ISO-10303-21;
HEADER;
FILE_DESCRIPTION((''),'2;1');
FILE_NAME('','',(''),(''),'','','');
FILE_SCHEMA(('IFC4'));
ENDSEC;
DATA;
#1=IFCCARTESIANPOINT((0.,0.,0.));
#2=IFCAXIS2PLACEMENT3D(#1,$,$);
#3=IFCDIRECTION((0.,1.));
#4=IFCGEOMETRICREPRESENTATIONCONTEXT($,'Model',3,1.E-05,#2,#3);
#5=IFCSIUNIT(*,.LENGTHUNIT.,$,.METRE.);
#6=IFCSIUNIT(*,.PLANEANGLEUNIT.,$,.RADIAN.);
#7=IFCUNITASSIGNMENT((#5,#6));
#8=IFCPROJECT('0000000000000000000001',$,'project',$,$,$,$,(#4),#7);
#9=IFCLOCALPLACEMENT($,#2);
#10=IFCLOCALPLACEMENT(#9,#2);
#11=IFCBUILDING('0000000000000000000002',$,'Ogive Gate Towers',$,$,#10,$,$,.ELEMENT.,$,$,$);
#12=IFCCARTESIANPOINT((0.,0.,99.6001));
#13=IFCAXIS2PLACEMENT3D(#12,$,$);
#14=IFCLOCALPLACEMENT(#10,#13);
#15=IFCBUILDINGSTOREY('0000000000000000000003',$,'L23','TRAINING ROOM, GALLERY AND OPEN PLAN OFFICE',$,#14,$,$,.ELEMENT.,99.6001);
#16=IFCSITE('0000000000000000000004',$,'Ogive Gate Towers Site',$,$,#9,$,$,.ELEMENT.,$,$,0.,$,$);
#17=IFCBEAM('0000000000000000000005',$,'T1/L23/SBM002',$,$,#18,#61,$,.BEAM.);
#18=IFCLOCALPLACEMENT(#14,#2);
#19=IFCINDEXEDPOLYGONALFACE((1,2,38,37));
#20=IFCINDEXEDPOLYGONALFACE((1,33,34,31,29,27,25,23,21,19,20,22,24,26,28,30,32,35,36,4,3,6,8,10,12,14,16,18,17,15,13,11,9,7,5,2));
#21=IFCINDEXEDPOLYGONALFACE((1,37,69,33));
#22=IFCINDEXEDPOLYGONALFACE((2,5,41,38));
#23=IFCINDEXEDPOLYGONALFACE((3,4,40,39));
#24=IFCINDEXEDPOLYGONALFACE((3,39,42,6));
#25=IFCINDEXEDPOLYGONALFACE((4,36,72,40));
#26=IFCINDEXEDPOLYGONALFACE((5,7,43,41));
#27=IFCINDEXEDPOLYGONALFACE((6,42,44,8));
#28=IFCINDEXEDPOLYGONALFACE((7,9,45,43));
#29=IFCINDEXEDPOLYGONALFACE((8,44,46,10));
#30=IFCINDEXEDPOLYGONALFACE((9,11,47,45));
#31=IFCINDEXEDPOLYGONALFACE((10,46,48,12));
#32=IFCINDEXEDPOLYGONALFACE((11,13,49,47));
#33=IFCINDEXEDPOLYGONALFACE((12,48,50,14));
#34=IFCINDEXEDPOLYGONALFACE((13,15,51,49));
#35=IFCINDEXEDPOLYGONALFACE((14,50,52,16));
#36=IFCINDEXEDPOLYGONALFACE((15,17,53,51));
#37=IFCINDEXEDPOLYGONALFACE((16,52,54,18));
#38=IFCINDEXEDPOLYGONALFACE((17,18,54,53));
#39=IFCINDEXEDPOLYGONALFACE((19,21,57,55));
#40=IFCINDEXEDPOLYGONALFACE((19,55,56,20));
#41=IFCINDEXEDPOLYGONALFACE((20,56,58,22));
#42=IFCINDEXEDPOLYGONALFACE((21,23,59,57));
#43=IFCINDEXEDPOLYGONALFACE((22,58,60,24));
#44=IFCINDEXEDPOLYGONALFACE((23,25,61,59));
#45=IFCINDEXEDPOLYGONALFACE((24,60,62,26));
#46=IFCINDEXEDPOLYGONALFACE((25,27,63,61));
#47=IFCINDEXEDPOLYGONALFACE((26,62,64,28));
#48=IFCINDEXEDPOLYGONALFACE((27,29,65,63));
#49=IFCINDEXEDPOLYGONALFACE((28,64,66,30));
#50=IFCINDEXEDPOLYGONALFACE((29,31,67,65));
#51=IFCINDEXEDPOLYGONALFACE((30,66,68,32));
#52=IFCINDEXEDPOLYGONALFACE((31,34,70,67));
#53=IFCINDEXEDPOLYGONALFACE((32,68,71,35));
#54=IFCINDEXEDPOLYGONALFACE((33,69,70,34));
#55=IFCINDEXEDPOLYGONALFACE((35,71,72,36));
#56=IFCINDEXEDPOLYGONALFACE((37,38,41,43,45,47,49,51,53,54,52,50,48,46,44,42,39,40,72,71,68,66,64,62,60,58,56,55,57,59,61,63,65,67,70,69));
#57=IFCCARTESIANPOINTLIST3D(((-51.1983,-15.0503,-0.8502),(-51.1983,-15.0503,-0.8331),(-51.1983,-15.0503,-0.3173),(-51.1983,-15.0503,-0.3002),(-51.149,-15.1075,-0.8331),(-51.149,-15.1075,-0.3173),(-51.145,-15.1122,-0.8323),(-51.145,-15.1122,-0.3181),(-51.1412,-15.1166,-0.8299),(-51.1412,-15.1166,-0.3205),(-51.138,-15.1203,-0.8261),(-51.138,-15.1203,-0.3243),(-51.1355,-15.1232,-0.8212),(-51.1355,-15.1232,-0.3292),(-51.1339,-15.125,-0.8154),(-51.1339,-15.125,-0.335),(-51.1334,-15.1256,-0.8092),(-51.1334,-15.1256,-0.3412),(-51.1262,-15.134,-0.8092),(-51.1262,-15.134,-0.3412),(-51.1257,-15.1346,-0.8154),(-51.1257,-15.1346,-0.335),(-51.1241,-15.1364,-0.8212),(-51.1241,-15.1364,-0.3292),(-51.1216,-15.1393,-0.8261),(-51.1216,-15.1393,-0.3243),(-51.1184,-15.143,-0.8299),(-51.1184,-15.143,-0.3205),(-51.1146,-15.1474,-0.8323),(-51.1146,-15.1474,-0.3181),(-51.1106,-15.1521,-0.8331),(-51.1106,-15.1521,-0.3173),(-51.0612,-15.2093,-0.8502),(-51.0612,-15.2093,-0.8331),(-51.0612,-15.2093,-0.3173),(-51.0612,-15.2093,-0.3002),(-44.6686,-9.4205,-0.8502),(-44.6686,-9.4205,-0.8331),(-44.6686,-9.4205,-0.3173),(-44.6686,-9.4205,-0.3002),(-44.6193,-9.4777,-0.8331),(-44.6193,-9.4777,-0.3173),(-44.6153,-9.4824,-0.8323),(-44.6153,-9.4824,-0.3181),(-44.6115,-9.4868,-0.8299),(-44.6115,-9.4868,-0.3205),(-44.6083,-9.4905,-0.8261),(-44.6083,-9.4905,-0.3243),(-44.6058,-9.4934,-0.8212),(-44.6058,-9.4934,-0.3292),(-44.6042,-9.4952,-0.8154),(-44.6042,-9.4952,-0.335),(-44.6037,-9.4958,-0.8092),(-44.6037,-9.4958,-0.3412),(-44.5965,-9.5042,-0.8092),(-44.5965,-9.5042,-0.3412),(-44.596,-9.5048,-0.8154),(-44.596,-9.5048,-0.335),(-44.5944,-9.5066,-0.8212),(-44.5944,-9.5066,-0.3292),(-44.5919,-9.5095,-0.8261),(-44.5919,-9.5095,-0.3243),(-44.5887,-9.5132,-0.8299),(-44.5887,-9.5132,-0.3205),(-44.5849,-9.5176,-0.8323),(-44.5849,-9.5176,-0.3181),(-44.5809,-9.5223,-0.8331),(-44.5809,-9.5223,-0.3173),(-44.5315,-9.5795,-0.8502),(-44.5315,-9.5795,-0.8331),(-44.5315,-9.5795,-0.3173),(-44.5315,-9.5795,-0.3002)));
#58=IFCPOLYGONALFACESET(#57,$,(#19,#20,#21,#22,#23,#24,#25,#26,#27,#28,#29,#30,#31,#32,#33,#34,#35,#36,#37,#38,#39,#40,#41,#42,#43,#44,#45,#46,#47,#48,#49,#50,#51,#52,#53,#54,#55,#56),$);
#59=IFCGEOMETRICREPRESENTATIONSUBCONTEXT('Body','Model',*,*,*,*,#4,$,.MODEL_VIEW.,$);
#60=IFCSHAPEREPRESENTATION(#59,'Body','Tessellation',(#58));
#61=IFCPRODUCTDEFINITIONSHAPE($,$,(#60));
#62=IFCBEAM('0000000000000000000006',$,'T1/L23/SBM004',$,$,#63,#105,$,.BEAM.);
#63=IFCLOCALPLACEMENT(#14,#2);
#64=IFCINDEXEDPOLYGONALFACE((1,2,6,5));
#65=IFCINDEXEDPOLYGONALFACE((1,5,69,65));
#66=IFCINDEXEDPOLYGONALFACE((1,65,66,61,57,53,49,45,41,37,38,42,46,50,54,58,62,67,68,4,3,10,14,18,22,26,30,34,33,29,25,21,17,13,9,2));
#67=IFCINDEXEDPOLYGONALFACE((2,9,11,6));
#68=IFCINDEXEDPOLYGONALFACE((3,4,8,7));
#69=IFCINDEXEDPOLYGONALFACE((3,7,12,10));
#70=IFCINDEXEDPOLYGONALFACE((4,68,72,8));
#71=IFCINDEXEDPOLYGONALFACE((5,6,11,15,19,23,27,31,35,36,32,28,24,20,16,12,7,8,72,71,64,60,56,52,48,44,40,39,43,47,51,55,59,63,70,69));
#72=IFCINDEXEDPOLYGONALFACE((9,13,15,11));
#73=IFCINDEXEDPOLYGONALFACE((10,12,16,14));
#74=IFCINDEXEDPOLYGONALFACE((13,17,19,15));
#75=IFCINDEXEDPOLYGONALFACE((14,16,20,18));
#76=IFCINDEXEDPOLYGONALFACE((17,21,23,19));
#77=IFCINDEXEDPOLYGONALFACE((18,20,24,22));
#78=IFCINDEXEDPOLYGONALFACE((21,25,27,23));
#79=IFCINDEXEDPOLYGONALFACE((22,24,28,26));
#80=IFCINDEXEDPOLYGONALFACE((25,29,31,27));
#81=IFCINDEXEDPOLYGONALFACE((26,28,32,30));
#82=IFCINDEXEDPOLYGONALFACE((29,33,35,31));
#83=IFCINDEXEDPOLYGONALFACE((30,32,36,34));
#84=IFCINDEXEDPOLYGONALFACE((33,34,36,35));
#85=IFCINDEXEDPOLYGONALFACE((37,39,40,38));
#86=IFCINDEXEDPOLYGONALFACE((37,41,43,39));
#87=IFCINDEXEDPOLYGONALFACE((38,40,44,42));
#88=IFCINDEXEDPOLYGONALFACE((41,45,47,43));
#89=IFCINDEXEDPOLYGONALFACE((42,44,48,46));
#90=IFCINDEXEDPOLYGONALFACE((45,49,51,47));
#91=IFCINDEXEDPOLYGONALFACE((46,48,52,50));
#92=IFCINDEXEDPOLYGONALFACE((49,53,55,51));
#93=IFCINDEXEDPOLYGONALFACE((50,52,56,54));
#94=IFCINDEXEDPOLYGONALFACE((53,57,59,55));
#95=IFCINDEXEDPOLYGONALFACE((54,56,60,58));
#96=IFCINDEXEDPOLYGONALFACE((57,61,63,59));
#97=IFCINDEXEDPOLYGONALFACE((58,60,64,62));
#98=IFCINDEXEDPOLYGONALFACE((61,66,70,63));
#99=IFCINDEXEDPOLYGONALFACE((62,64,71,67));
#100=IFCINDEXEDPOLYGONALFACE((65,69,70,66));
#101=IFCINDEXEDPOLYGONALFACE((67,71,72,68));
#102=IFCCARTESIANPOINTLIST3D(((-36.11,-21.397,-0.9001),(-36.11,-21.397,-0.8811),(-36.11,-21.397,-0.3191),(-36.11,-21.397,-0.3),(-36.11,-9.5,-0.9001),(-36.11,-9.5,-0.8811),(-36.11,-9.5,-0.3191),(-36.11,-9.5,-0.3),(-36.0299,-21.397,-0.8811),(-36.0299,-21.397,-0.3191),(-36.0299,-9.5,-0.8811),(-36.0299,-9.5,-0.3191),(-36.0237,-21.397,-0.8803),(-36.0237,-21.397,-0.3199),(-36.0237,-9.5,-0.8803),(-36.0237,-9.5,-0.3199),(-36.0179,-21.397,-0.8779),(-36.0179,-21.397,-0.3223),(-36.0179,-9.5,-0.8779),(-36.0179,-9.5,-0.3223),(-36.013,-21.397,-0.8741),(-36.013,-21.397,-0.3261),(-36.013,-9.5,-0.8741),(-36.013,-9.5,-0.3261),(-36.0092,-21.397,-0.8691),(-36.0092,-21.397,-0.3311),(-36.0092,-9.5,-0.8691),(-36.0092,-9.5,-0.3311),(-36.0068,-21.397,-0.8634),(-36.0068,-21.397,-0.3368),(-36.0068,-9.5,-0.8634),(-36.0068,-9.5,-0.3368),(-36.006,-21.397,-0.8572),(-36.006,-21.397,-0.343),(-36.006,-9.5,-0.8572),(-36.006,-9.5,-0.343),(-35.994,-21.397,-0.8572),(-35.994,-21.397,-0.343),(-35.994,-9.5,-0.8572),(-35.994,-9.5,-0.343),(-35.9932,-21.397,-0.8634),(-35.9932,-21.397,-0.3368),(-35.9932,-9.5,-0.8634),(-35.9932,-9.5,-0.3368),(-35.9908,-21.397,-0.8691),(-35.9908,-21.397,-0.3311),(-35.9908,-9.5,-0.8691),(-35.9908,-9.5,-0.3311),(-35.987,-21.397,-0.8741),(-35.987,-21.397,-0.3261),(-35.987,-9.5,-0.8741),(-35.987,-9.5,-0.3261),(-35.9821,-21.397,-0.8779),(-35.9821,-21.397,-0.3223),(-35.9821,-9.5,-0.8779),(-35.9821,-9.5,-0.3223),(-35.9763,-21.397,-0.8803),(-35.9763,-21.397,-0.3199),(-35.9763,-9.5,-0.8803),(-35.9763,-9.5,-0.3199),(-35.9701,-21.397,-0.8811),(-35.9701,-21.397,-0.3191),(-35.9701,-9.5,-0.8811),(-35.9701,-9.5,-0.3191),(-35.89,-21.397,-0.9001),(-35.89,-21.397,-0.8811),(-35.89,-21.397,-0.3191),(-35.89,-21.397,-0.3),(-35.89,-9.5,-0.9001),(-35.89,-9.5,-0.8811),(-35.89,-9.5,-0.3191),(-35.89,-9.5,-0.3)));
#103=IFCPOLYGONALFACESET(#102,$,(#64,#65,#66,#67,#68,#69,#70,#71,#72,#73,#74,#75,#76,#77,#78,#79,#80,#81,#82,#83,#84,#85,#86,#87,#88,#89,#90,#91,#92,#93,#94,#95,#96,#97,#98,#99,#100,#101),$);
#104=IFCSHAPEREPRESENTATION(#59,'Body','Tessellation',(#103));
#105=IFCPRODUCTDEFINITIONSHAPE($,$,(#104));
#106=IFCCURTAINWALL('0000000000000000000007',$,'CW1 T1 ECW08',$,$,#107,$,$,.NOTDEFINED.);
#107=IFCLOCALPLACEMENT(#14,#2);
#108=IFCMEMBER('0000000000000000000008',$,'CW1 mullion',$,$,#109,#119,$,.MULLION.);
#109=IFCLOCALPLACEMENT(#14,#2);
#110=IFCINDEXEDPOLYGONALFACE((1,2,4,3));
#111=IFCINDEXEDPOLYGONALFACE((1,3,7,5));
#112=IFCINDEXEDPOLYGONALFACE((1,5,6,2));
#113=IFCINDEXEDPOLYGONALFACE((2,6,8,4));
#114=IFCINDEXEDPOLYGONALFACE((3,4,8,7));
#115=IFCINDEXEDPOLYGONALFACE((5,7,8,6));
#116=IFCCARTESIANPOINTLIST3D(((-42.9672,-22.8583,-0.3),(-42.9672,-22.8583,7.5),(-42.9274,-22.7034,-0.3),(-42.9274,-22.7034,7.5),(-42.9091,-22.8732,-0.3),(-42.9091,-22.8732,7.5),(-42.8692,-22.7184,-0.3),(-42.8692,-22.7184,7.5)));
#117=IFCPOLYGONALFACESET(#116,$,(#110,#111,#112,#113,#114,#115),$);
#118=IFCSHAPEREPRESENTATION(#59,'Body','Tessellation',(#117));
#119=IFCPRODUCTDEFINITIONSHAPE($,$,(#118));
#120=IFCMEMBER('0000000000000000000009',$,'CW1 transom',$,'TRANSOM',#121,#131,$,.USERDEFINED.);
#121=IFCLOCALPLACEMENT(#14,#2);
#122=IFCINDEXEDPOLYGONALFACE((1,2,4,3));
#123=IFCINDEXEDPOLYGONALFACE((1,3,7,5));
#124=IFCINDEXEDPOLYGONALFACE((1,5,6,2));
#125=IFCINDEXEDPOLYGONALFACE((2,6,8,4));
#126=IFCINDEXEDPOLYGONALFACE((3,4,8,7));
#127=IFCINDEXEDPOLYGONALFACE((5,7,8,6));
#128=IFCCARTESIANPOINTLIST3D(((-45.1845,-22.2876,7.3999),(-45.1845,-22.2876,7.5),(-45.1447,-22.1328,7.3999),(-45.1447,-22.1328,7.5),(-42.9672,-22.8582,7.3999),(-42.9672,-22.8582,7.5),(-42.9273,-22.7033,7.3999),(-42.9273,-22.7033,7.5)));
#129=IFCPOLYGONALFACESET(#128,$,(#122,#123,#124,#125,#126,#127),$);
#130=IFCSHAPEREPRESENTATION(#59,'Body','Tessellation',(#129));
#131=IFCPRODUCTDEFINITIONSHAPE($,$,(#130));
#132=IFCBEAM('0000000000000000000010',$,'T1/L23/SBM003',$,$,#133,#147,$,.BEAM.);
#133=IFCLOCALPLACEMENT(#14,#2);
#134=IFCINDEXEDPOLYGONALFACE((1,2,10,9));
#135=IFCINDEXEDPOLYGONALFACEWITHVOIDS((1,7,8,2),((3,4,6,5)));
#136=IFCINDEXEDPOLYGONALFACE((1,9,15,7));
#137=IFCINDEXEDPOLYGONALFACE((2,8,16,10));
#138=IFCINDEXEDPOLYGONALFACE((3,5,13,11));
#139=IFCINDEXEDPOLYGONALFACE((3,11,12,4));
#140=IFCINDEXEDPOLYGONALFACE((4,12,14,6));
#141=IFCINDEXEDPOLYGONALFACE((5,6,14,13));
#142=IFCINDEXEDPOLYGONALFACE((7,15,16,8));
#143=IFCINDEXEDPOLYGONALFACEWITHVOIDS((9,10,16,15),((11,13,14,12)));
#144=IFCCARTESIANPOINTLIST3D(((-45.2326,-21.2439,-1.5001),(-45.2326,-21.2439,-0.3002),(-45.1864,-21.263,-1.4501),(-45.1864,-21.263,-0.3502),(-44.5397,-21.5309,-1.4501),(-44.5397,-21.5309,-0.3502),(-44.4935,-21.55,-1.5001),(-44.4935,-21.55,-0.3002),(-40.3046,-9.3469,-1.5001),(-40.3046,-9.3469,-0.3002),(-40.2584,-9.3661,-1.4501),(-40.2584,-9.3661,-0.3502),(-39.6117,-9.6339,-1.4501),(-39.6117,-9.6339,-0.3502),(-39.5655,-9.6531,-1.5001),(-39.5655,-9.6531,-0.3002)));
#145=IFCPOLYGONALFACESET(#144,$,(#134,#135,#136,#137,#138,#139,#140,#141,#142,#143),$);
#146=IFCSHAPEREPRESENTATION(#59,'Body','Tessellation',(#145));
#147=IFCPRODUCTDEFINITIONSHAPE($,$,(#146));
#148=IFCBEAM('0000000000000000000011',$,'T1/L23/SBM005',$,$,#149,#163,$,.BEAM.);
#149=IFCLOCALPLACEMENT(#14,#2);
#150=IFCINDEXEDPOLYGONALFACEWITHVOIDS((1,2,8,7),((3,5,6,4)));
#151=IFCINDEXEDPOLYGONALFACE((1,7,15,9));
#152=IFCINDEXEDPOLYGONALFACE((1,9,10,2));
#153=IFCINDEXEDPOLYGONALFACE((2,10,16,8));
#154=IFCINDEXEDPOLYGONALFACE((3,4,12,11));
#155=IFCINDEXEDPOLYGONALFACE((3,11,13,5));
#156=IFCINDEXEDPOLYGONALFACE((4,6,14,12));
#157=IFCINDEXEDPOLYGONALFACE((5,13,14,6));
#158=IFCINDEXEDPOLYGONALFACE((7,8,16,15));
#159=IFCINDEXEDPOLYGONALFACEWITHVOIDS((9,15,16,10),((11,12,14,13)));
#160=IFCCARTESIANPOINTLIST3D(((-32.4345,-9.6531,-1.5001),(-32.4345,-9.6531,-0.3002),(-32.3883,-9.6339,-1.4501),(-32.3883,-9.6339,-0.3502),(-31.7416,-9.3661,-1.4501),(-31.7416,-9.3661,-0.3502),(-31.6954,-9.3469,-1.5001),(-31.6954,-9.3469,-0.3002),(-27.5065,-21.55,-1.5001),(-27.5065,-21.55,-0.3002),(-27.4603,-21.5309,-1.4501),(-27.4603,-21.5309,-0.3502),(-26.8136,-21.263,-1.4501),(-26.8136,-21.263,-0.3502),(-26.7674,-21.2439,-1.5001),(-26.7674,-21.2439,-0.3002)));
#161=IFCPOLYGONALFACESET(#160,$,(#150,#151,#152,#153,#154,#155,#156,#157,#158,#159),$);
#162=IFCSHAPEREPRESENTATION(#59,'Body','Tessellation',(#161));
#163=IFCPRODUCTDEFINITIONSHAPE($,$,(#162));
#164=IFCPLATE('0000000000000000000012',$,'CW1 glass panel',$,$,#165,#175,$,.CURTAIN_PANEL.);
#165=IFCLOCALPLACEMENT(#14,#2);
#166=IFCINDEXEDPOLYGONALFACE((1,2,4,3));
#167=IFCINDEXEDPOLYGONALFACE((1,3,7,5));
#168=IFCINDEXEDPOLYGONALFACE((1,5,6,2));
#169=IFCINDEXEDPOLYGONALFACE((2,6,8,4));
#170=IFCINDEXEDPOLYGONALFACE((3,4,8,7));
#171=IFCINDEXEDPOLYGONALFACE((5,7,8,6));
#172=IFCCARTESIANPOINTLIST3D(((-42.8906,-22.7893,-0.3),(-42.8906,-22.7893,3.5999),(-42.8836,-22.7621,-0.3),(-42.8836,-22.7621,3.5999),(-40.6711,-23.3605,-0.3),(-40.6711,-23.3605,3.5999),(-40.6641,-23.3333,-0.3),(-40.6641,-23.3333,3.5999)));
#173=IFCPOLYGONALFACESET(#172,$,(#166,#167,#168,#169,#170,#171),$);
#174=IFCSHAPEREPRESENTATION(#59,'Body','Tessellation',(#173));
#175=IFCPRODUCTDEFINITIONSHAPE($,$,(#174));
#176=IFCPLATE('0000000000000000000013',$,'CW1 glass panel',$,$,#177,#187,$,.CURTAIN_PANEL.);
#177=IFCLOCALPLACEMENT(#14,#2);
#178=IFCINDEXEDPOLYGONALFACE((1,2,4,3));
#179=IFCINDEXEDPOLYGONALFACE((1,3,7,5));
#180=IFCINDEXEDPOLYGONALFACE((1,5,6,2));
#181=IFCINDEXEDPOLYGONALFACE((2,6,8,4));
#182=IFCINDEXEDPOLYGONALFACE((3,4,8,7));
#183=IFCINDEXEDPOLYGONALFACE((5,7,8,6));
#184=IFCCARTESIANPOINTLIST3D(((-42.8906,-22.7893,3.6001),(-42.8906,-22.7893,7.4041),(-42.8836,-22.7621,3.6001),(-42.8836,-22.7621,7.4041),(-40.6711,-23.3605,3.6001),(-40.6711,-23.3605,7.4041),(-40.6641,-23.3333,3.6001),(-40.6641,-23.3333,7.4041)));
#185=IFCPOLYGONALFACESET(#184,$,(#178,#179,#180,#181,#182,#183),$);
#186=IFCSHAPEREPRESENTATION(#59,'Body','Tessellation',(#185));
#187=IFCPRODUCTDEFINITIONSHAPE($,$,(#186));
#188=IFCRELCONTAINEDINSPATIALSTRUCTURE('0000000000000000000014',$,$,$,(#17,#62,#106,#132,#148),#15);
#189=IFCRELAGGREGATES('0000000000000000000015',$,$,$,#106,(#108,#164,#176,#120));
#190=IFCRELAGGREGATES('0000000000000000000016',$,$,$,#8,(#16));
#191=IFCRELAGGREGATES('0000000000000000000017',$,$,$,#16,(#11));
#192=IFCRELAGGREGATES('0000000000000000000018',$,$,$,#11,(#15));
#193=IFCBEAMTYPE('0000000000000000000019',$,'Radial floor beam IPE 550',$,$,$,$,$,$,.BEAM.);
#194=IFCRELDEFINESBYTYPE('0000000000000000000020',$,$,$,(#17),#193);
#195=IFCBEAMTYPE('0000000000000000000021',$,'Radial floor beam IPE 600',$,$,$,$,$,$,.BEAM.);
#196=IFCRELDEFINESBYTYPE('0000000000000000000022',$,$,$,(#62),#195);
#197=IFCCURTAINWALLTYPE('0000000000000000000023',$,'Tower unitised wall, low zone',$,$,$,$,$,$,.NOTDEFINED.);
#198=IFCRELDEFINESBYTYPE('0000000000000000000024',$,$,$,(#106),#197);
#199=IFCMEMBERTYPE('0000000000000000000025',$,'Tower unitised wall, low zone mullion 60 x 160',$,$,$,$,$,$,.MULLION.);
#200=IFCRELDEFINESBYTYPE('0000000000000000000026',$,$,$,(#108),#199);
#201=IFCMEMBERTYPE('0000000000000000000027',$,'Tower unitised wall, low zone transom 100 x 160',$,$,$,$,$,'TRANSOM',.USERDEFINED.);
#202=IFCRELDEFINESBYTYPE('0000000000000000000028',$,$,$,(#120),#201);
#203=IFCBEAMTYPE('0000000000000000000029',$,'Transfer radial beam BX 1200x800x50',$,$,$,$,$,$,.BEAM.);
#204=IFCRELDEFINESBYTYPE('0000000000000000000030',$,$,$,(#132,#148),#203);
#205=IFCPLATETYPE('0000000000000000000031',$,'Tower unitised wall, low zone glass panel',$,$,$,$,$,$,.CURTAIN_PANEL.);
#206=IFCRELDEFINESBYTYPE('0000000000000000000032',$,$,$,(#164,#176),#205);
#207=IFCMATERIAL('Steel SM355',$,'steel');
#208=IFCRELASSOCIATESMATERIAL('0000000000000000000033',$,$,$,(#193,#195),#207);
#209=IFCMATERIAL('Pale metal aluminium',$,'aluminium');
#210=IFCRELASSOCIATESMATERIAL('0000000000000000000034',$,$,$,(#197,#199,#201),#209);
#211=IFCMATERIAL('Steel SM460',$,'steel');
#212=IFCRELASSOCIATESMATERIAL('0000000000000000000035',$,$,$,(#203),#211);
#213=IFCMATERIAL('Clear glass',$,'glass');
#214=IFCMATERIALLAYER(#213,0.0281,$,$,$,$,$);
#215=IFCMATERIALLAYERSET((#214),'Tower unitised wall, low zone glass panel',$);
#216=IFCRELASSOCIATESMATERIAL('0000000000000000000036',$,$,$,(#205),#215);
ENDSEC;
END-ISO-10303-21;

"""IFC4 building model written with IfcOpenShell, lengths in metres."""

from ifc_helpers import new_model, si_unit, direction, frame, origin, origin_2d, place, context, subcontext, project, spatial, rectangle, hollow_rectangle, i_section, extrude, material, layer, layer_set, material_profile, profile_set, type_object, element, aggregate, save


model = new_model("IFC4")

# Units and contexts
model_context = context("Model", 3, precision=1e-05, world=origin(), true_north=direction((0.0, 1.0)))
body_context = subcontext(model_context, "Body", "Model", "MODEL_VIEW")
ifc_project = project(units=[si_unit("LENGTHUNIT", "METRE"), si_unit("PLANEANGLEUNIT", "RADIAN")], contexts=[model_context])

# Site, building, storey
site_placement = place(None, origin())
site = spatial("IfcSite", under=ifc_project, at=site_placement, Name="Ogive Gate Towers Site", CompositionType="ELEMENT", RefElevation=0.0)
building_placement = place(site_placement, origin())
building = spatial("IfcBuilding", under=site, at=building_placement, Name="Ogive Gate Towers", CompositionType="ELEMENT")
storey_placement = place(building_placement, frame((0.0, 0.0, 99.6001)))
storey = spatial("IfcBuildingStorey", under=building, at=storey_placement, Name="L23", Description="TRAINING ROOM, GALLERY AND OPEN PLAN OFFICE", CompositionType="ELEMENT", Elevation=99.6001)

# Beams
ifc_material_1 = material(Name="Steel SM355", Category="steel")
ifc_material_profile_1 = material_profile(ifc_material_1, i_section(OverallWidth=0.21, OverallDepth=0.55, WebThickness=0.011, FlangeThickness=0.0171, FilletRadius=0.0239, at=origin_2d()), Name="IPE 550")
ifc_profile_set_1 = profile_set([ifc_material_profile_1], Name="Steel SM355")
beam_type_1 = type_object("IfcBeamType", Name="Radial floor beam IPE 550", PredefinedType="BEAM", material=ifc_profile_set_1)
beam_1_placement = place(storey_placement, frame((-44.6001, -9.5, -0.5752), z_axis=(-0.757366, -0.65299, 0.0), x_axis=(0.65299, -0.757366, 0.0)))
element("IfcBeam", 1, at=beam_1_placement, inside=storey, type_object=beam_type_1, Name="T1/L23/SBM002", PredefinedType="BEAM", context=body_context, shape_type="SweptSolid", body=[
    extrude(i_section(OverallWidth=0.21, OverallDepth=0.55, WebThickness=0.011, FlangeThickness=0.0171, FilletRadius=0.0239, at=origin_2d()), origin(), (0.0, 0.0, 1.0), 8.6216),
])
ifc_material_profile_2 = material_profile(ifc_material_1, i_section(OverallWidth=0.22, OverallDepth=0.6001, WebThickness=0.012, FlangeThickness=0.019, FilletRadius=0.0239, at=origin_2d()), Name="IPE 600")
ifc_profile_set_2 = profile_set([ifc_material_profile_2], Name="Steel SM355")
beam_type_2 = type_object("IfcBeamType", Name="Radial floor beam IPE 600", PredefinedType="BEAM", material=ifc_profile_set_2)
beam_2_placement = place(storey_placement, frame((-36.0, -9.5, -0.6001), z_axis=(0.0, -1.0, 0.0), x_axis=(1.0, 0.0, 0.0)))
element("IfcBeam", 2, at=beam_2_placement, inside=storey, type_object=beam_type_2, Name="T1/L23/SBM004", PredefinedType="BEAM", context=body_context, shape_type="SweptSolid", body=[
    extrude(i_section(OverallWidth=0.22, OverallDepth=0.6001, WebThickness=0.012, FlangeThickness=0.019, FilletRadius=0.0239, at=origin_2d()), origin(), (0.0, 0.0, 1.0), 11.897),
])

# Curtain wall, members
ifc_material_2 = material(Name="Pale metal aluminium", Category="aluminium")
curtain_wall_type = type_object("IfcCurtainWallType", Name="Tower unitised wall, low zone", PredefinedType="NOTDEFINED", material=ifc_material_2)
curtain_wall_placement = place(storey_placement, origin())
curtain_wall = element("IfcCurtainWall", 3, at=curtain_wall_placement, inside=storey, type_object=curtain_wall_type, Name="CW1 T1 ECW08", PredefinedType="NOTDEFINED")
ifc_material_profile_3 = material_profile(ifc_material_2, rectangle(XDim=0.1599, YDim=0.0601, at=origin_2d()), Name="60 x 160 aluminium box")
ifc_profile_set_3 = profile_set([ifc_material_profile_3], Name="Pale metal aluminium")
member_type_1 = type_object("IfcMemberType", Name="Tower unitised wall, low zone mullion 60 x 160", PredefinedType="MULLION", material=ifc_profile_set_3)
member_1_placement = place(storey_placement, frame((-42.9182, -22.7883, -0.3), z_axis=(0.0, 0.0, 1.0), x_axis=(0.249248, 0.96844, 0.0)))
member_1 = element("IfcMember", 4, at=member_1_placement, type_object=member_type_1, Name="CW1 mullion", PredefinedType="MULLION", context=body_context, shape_type="SweptSolid", body=[
    extrude(rectangle(XDim=0.1599, YDim=0.0601, at=origin_2d()), origin(), (0.0, 0.0, 1.0), 7.8),
])
ifc_material_profile_4 = material_profile(ifc_material_2, rectangle(XDim=0.1599, YDim=0.1001, at=origin_2d()), Name="100 x 160 aluminium box")
ifc_profile_set_4 = profile_set([ifc_material_profile_4], Name="Pale metal aluminium")
member_type_2 = type_object("IfcMemberType", Name="Tower unitised wall, low zone transom 100 x 160", ElementType="TRANSOM", PredefinedType="USERDEFINED", material=ifc_profile_set_4)
member_2_placement = place(storey_placement, frame((-42.9473, -22.7808, 7.45), z_axis=(-0.968451, 0.249204, 0.0), x_axis=(-0.249204, -0.968451, 0.0)))
member_2 = element("IfcMember", 5, at=member_2_placement, type_object=member_type_2, Name="CW1 transom", ObjectType="TRANSOM", PredefinedType="USERDEFINED", context=body_context, shape_type="SweptSolid", body=[
    extrude(rectangle(XDim=0.1599, YDim=0.1001, at=origin_2d()), origin(), (0.0, 0.0, 1.0), 2.2896),
])

# Beams
ifc_material_3 = material(Name="Steel SM460", Category="steel")
ifc_material_profile_5 = material_profile(ifc_material_3, hollow_rectangle(XDim=0.8, YDim=1.2, WallThickness=0.05, at=origin_2d()), Name="BX 1200x800x50")
ifc_profile_set_5 = profile_set([ifc_material_profile_5], Name="Steel SM460")
beam_type_3 = type_object("IfcBeamType", Name="Transfer radial beam BX 1200x800x50", PredefinedType="BEAM", material=ifc_profile_set_5)
for number, where, z_axis, x_axis, name in (
    (6, (-39.9351, -9.5, -0.9001), (-0.382689, -0.923877, 0.0), (0.923877, -0.382689, 0.0), "T1/L23/SBM003"),
    (7, (-32.0649, -9.5, -0.9001), (0.382689, -0.923877, 0.0), (0.923877, 0.382689, 0.0), "T1/L23/SBM005"),
):
    element("IfcBeam", number, at=place(storey_placement, frame(where, z_axis=z_axis, x_axis=x_axis)), inside=storey, type_object=beam_type_3, Name=name, PredefinedType="BEAM", context=body_context, shape_type="SweptSolid", body=[
        extrude(hollow_rectangle(XDim=0.8, YDim=1.2, WallThickness=0.05, at=origin_2d()), origin(), (0.0, 0.0, 1.0), 12.8772),
    ])

# Plates
ifc_material_4 = material(Name="Clear glass", Category="glass")
ifc_layer_1 = layer(ifc_material_4, 0.0281)
ifc_layer_set_1 = layer_set([ifc_layer_1], Name="Tower unitised wall, low zone glass panel")
plate_type = type_object("IfcPlateType", Name="Tower unitised wall, low zone glass panel", PredefinedType="CURTAIN_PANEL", material=ifc_layer_set_1)
plate_1_placement = place(storey_placement, frame((-41.7773, -23.0613, -0.3), z_axis=(0.0, 0.0, 1.0), x_axis=(-0.96844, 0.249248, 0.0)))
plate_1 = element("IfcPlate", 8, at=plate_1_placement, type_object=plate_type, Name="CW1 glass panel", PredefinedType="CURTAIN_PANEL", context=body_context, shape_type="SweptSolid", body=[
    extrude(rectangle(XDim=2.2917, YDim=0.0281, at=origin_2d()), origin(), (0.0, 0.0, 1.0), 3.8999),
])
plate_2_placement = place(storey_placement, frame((-41.7773, -23.0613, 3.6001), z_axis=(0.0, 0.0, 1.0), x_axis=(-0.96844, 0.249248, 0.0)))
plate_2 = element("IfcPlate", 9, at=plate_2_placement, type_object=plate_type, Name="CW1 glass panel", PredefinedType="CURTAIN_PANEL", context=body_context, shape_type="SweptSolid", body=[
    extrude(rectangle(XDim=2.2917, YDim=0.0281, at=origin_2d()), origin(), (0.0, 0.0, 1.0), 3.804),
])
aggregate(curtain_wall, [member_1, plate_1, plate_2, member_2])

save(model, "model.ifc")
